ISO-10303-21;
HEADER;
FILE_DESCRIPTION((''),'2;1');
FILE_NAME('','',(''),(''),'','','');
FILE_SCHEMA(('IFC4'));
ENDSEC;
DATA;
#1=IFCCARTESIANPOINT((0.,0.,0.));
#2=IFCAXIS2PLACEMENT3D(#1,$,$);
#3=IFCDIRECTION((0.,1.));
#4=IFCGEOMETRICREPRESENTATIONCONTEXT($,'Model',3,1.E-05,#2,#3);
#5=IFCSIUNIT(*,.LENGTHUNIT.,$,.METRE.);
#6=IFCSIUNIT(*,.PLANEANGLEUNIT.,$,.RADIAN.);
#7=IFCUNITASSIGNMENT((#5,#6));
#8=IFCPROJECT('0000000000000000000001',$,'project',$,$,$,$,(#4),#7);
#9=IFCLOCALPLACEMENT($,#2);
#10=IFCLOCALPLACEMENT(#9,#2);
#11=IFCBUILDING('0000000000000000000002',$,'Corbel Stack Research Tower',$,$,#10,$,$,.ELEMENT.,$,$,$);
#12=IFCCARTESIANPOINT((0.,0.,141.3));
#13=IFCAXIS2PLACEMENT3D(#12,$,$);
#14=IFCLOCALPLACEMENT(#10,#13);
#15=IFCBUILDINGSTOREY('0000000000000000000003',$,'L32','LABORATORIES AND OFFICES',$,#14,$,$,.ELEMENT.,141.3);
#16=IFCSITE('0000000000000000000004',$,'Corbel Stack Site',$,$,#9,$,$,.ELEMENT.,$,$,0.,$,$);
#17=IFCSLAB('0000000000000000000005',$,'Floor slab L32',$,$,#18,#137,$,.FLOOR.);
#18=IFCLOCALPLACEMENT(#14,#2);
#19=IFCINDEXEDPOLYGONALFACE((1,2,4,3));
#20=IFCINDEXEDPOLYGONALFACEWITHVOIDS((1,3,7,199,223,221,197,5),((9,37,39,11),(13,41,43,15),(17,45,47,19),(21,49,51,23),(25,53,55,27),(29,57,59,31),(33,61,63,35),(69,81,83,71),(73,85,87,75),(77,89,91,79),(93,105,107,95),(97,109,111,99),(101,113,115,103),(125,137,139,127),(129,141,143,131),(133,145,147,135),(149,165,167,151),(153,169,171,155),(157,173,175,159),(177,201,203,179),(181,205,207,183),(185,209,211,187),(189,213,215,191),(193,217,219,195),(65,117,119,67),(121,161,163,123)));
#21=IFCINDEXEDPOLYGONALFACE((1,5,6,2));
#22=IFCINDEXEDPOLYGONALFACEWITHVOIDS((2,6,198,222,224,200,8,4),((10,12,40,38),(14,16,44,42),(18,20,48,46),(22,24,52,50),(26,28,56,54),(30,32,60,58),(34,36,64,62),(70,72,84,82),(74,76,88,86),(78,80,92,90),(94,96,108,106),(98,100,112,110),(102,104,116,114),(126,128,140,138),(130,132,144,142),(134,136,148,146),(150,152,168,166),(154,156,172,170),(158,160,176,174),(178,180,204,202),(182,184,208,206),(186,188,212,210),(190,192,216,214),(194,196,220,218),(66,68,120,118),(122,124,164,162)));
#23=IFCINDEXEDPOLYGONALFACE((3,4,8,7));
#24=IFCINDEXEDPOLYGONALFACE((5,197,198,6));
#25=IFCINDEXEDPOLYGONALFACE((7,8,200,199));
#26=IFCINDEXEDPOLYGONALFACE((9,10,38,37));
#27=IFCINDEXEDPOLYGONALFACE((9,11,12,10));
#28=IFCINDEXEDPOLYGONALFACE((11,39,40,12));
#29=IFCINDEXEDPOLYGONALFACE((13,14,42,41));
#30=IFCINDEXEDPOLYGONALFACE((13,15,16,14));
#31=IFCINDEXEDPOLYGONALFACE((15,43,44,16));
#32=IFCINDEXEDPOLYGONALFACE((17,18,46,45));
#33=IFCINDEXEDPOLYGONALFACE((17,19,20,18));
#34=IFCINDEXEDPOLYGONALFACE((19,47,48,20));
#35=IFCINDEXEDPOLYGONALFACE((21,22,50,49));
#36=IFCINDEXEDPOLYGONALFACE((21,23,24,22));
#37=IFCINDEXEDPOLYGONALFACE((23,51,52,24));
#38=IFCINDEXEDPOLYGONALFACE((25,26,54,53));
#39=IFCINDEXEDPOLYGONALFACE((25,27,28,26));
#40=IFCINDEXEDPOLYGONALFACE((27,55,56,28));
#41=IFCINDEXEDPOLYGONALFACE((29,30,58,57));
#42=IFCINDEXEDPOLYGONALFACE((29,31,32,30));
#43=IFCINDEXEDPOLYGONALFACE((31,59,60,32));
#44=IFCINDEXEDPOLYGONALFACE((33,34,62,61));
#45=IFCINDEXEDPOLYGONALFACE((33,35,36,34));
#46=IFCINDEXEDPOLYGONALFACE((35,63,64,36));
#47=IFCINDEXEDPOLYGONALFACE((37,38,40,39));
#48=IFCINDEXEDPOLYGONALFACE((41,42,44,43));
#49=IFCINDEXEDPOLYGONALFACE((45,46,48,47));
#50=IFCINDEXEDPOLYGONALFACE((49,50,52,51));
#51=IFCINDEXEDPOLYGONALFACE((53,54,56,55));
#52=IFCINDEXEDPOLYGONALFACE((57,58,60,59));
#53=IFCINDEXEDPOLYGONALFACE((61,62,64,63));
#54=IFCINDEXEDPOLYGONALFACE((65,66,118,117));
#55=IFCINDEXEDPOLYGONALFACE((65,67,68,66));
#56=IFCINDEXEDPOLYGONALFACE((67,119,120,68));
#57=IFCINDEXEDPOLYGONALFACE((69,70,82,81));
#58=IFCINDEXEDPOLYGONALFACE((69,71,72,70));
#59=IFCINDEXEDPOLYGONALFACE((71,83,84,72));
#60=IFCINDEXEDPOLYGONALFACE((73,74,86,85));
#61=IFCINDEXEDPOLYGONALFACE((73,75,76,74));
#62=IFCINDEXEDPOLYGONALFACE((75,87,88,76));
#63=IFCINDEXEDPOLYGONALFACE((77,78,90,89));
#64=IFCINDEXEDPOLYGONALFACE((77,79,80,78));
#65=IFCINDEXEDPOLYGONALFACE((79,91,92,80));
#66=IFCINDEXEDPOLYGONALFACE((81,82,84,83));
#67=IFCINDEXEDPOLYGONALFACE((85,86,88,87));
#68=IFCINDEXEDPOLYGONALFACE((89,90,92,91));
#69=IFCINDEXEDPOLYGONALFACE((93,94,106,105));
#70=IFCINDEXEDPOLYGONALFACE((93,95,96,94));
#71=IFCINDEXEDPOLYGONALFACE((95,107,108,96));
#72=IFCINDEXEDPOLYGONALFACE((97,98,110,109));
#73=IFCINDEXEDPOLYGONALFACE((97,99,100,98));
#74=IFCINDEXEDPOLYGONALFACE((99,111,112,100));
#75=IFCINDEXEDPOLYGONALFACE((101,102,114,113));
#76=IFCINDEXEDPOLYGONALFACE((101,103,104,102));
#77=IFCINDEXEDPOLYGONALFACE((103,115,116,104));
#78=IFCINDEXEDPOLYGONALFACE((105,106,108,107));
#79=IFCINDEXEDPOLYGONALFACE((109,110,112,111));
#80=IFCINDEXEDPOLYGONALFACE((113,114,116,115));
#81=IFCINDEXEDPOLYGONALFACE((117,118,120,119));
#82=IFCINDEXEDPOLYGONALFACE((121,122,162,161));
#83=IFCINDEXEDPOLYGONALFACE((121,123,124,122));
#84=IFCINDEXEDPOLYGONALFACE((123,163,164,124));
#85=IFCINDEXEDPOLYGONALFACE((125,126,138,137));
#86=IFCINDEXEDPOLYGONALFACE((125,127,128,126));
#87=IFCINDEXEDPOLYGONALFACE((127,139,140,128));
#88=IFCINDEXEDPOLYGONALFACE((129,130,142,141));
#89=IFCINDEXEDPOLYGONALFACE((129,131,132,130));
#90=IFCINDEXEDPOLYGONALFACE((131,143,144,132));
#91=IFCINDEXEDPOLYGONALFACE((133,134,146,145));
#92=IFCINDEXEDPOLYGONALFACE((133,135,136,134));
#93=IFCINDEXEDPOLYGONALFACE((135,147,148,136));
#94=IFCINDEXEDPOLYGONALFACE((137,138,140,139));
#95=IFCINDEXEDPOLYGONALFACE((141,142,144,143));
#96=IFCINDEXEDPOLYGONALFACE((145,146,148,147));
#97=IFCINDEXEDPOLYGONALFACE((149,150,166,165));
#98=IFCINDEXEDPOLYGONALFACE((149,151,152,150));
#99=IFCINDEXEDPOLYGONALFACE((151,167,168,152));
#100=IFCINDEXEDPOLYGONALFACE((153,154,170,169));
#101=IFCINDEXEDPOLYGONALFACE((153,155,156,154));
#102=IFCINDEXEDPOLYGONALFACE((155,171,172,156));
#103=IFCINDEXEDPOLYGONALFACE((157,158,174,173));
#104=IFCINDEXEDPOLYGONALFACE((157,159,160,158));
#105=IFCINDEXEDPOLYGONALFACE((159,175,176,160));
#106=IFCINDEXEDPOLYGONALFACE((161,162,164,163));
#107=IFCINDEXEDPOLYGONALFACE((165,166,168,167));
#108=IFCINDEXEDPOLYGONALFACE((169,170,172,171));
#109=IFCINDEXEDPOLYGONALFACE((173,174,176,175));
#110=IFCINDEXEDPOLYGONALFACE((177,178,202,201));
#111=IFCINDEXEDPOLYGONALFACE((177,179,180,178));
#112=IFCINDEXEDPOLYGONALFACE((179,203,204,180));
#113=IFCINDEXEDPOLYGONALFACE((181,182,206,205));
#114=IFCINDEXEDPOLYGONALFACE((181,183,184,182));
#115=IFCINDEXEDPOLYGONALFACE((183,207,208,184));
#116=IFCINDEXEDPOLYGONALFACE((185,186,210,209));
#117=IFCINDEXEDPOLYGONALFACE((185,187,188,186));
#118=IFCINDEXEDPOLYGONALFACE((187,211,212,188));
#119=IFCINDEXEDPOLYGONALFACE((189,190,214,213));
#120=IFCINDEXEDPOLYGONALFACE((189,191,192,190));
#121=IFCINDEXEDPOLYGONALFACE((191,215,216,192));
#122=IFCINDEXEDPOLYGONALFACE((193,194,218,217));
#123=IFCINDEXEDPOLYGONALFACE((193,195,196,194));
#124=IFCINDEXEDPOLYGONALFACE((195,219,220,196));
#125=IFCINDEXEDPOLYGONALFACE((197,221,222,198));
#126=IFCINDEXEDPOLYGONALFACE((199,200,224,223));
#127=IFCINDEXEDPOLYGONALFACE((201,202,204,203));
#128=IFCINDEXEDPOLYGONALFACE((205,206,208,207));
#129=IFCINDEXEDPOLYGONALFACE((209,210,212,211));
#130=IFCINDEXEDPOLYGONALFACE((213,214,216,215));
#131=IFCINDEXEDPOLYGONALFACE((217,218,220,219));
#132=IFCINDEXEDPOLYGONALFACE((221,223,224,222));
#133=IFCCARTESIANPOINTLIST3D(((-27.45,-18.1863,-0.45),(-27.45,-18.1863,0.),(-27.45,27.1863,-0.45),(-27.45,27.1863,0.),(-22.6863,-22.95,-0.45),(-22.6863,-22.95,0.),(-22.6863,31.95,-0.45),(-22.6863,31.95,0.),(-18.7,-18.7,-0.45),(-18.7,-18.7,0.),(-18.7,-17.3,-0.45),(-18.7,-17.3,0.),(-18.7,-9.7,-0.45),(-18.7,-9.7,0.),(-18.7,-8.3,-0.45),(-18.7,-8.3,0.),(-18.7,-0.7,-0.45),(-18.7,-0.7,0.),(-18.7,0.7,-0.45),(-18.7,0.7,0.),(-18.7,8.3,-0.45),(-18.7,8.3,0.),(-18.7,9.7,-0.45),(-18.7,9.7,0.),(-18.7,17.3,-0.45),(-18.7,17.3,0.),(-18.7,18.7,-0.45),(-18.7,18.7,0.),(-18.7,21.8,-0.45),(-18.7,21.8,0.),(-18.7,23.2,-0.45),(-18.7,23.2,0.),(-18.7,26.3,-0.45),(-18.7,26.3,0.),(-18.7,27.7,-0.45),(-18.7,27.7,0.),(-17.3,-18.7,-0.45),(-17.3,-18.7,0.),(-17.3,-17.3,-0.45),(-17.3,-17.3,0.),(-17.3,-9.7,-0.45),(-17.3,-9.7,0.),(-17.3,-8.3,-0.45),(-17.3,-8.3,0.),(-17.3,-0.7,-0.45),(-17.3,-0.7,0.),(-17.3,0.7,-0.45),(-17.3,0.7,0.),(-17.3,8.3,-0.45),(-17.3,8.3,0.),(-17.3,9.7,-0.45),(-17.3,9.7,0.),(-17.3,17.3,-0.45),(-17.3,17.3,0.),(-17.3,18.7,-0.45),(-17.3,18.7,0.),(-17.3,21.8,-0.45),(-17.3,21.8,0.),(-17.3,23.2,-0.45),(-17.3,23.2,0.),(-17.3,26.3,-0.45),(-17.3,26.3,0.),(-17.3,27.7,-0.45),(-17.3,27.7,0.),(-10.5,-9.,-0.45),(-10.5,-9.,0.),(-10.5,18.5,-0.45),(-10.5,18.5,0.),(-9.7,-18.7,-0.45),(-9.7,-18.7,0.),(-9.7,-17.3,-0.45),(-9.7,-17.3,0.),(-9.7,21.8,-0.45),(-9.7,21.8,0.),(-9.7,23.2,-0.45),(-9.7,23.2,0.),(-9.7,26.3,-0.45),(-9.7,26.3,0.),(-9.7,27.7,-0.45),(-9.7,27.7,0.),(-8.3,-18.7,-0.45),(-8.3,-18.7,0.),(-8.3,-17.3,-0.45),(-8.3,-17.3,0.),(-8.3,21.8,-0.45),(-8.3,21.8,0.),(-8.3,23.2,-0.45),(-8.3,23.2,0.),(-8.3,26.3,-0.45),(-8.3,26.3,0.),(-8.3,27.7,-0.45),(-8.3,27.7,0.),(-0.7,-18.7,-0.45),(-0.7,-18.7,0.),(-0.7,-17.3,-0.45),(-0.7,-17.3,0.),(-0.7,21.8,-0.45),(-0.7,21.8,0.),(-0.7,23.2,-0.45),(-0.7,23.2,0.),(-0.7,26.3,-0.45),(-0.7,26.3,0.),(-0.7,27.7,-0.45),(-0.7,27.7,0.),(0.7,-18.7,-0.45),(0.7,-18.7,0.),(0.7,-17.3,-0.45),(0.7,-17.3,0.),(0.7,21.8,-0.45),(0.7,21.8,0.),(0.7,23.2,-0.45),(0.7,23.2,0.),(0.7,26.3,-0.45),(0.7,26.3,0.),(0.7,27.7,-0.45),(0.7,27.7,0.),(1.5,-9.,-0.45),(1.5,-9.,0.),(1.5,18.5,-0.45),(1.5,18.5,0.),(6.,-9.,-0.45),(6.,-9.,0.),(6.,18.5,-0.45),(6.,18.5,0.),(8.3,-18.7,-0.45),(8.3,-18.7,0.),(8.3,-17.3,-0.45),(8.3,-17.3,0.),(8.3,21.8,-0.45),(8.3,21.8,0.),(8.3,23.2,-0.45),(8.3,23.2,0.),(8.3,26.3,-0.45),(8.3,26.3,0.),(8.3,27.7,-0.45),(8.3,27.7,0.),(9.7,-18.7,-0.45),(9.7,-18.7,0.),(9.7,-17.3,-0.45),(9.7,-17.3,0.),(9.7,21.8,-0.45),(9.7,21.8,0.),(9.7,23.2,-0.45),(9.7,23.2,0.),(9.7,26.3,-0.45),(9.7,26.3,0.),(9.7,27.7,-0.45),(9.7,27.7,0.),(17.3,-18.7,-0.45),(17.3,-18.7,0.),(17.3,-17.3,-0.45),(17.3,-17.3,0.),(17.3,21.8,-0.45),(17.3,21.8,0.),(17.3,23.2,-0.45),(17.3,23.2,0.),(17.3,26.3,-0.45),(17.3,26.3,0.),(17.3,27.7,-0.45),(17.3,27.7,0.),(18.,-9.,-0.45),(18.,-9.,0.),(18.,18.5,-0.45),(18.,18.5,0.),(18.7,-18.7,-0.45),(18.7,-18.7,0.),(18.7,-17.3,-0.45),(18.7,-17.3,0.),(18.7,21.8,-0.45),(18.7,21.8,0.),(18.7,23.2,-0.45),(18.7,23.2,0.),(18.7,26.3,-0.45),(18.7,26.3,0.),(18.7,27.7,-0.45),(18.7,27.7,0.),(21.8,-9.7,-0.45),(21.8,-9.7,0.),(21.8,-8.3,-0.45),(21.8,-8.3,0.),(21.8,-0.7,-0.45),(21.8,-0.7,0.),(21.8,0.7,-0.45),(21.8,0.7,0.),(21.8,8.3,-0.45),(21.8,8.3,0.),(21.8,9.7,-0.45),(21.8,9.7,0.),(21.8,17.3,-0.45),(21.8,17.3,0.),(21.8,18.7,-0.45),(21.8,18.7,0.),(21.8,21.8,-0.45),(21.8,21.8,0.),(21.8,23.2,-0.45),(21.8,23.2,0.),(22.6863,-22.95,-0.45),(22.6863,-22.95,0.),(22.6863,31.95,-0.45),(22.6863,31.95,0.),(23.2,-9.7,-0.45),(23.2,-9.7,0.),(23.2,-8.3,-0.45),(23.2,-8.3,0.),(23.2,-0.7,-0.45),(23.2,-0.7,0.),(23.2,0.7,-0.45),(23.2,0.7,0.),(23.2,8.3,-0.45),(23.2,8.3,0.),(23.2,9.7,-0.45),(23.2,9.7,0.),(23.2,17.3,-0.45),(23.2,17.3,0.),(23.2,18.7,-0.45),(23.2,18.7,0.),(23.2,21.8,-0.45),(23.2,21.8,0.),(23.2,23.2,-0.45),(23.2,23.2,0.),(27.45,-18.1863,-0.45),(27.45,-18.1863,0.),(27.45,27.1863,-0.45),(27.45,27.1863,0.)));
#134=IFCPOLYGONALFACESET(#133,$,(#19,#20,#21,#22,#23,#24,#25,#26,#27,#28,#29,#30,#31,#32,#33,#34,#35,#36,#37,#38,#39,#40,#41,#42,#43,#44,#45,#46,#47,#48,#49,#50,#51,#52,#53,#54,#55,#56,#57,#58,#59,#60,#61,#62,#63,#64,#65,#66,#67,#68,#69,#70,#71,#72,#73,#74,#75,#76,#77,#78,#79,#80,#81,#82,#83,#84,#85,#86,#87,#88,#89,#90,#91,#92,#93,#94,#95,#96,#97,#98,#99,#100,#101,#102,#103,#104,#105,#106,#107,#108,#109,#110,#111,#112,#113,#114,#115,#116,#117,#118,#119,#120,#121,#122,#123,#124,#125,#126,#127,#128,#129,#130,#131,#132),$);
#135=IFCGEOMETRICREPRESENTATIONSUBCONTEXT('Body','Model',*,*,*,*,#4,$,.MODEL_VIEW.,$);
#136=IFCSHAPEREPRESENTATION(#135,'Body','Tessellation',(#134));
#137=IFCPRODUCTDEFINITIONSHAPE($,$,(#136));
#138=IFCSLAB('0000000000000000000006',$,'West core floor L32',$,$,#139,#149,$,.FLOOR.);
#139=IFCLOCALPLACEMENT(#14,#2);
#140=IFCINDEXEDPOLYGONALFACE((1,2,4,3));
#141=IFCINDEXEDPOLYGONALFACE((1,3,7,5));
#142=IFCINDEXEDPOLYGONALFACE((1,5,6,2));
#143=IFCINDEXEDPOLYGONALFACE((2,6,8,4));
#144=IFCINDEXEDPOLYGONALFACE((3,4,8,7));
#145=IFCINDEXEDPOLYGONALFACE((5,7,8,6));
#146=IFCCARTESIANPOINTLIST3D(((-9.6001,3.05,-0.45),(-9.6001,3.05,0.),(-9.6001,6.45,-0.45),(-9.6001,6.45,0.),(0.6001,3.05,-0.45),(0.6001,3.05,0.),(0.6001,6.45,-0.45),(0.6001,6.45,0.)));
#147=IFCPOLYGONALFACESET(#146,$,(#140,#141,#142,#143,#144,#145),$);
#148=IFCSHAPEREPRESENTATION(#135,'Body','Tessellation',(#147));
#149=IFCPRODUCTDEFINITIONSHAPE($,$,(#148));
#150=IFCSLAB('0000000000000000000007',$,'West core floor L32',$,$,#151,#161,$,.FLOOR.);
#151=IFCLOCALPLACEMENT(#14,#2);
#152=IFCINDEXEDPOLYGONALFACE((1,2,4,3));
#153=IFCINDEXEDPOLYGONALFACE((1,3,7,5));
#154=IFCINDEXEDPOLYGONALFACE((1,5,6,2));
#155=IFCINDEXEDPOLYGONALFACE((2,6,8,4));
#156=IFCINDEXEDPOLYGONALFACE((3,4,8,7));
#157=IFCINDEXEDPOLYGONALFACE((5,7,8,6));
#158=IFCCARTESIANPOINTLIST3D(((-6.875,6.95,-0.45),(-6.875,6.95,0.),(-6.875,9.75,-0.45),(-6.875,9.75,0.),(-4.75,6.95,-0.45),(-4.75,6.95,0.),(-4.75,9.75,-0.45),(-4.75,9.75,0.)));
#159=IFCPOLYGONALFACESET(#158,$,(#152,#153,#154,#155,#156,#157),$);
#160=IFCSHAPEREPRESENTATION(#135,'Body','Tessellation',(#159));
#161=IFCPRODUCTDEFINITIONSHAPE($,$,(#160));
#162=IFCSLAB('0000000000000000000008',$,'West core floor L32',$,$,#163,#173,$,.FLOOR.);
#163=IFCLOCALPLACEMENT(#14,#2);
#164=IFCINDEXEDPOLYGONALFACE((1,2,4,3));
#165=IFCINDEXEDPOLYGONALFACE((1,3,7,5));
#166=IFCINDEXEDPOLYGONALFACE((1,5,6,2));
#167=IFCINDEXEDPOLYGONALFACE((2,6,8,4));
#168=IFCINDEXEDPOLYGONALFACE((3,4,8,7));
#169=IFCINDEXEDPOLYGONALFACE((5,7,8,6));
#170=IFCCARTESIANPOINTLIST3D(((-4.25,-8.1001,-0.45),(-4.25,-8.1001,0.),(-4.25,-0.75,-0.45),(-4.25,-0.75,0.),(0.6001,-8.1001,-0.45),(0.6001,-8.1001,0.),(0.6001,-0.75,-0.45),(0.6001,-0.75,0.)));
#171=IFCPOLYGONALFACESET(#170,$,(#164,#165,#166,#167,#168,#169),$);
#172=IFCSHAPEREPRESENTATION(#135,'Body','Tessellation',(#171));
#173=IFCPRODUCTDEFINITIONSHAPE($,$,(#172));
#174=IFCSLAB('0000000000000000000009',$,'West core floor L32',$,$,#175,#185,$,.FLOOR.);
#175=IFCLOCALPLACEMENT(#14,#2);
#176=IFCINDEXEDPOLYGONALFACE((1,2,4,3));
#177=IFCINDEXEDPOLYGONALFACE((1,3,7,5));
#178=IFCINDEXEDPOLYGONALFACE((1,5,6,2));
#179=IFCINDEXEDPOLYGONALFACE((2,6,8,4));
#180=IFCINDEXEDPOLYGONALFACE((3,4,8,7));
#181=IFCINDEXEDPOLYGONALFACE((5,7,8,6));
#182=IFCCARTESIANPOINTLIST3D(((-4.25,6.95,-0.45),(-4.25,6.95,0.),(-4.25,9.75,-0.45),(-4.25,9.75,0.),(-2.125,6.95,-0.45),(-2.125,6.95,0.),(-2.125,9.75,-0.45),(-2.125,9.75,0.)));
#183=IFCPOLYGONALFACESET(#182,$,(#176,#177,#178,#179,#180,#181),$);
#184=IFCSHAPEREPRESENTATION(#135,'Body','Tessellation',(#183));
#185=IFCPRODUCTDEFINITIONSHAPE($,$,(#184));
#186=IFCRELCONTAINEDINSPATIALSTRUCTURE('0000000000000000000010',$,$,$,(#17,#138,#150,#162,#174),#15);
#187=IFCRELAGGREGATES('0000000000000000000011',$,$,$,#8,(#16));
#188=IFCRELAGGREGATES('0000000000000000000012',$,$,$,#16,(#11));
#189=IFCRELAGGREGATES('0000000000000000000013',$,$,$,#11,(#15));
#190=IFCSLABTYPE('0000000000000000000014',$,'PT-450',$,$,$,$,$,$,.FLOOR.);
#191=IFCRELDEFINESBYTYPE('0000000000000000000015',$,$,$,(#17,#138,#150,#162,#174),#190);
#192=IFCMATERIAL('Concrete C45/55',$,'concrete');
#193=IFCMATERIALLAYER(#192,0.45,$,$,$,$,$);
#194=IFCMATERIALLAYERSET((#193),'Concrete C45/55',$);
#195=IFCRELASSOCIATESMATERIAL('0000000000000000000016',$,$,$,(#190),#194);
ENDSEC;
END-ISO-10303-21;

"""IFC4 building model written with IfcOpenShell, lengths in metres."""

from ifc_helpers import new_model, si_unit, direction, frame, origin, place, context, subcontext, project, spatial, polyline, outline, extrude, material, layer, layer_set, type_object, element, save


model = new_model("IFC4")

# Units and contexts
model_context = context("Model", 3, precision=1e-05, world=origin(), true_north=direction((0.0, 1.0)))
body_context = subcontext(model_context, "Body", "Model", "MODEL_VIEW")
ifc_project = project(units=[si_unit("LENGTHUNIT", "METRE"), si_unit("PLANEANGLEUNIT", "RADIAN")], contexts=[model_context])

# Site, building, storey
site_placement = place(None, origin())
site = spatial("IfcSite", under=ifc_project, at=site_placement, Name="Corbel Stack Site", CompositionType="ELEMENT", RefElevation=0.0)
building_placement = place(site_placement, origin())
building = spatial("IfcBuilding", under=site, at=building_placement, Name="Corbel Stack Research Tower", CompositionType="ELEMENT")
storey_placement = place(building_placement, frame((0.0, 0.0, 141.3)))
storey = spatial("IfcBuildingStorey", under=building, at=storey_placement, Name="L32", Description="LABORATORIES AND OFFICES", CompositionType="ELEMENT", Elevation=141.3)

# Slabs
ifc_material_1 = material(Name="Concrete C45/55", Category="concrete")
ifc_layer_1 = layer(ifc_material_1, 0.45)
ifc_layer_set_1 = layer_set([ifc_layer_1], Name="Concrete C45/55")
slab_type = type_object("IfcSlabType", Name="PT-450", PredefinedType="FLOOR", material=ifc_layer_set_1)
slab_1_placement = place(storey_placement, frame((0.0, 0.0, -0.45)))
element("IfcSlab", 1, at=slab_1_placement, inside=storey, type_object=slab_type, Name="Floor slab L32", PredefinedType="FLOOR", context=body_context, shape_type="SweptSolid", body=[
    extrude(outline(polyline([(-22.6863, -22.95), (22.6863, -22.95), (27.45, -18.1863), (27.45, 27.1863), (22.6863, 31.95), (-22.6863, 31.95), (-27.45, 27.1863), (-27.45, -18.1863), (-22.6863, -22.95)]), holes=[polyline([(21.8, 21.8), (21.8, 23.2), (23.2, 23.2), (23.2, 21.8), (21.8, 21.8)]), polyline([(23.2, 17.3), (21.8, 17.3), (21.8, 18.7), (23.2, 18.7), (23.2, 17.3)]), polyline([(21.8, 8.3), (21.8, 9.7), (23.2, 9.7), (23.2, 8.3), (21.8, 8.3)]), polyline([(23.2, -0.7), (21.8, -0.7), (21.8, 0.7), (23.2, 0.7), (23.2, -0.7)]), polyline([(21.8, -9.7), (21.8, -8.3), (23.2, -8.3), (23.2, -9.7), (21.8, -9.7)]), polyline([(17.3, 26.3), (17.3, 27.7), (18.7, 27.7), (18.7, 26.3), (17.3, 26.3)]), polyline([(17.3, 21.8), (17.3, 23.2), (18.7, 23.2), (18.7, 21.8), (17.3, 21.8)]), polyline([(17.3, -18.7), (17.3, -17.3), (18.7, -17.3), (18.7, -18.7), (17.3, -18.7)]), polyline([(6.0, -9.0), (6.0, 18.5), (18.0, 18.5), (18.0, -9.0), (6.0, -9.0)]), polyline([(8.3, 26.3), (8.3, 27.7), (9.7, 27.7), (9.7, 26.3), (8.3, 26.3)]), polyline([(8.3, 21.8), (8.3, 23.2), (9.7, 23.2), (9.7, 21.8), (8.3, 21.8)]), polyline([(9.7, -18.7), (8.3, -18.7), (8.3, -17.3), (9.7, -17.3), (9.7, -18.7)]), polyline([(-10.5, -9.0), (-10.5, 18.5), (1.5, 18.5), (1.5, -9.0), (-10.5, -9.0)]), polyline([(-0.7, 26.3), (-0.7, 27.7), (0.7, 27.7), (0.7, 26.3), (-0.7, 26.3)]), polyline([(-0.7, 21.8), (-0.7, 23.2), (0.7, 23.2), (0.7, 21.8), (-0.7, 21.8)]), polyline([(-0.7, -18.7), (-0.7, -17.3), (0.7, -17.3), (0.7, -18.7), (-0.7, -18.7)]), polyline([(-9.7, 26.3), (-9.7, 27.7), (-8.3, 27.7), (-8.3, 26.3), (-9.7, 26.3)]), polyline([(-9.7, 21.8), (-9.7, 23.2), (-8.3, 23.2), (-8.3, 21.8), (-9.7, 21.8)]), polyline([(-9.7, -18.7), (-9.7, -17.3), (-8.3, -17.3), (-8.3, -18.7), (-9.7, -18.7)]), polyline([(-18.7, 26.3), (-18.7, 27.7), (-17.3, 27.7), (-17.3, 26.3), (-18.7, 26.3)]), polyline([(-18.7, 21.8), (-18.7, 23.2), (-17.3, 23.2), (-17.3, 21.8), (-18.7, 21.8)]), polyline([(-18.7, 17.3), (-18.7, 18.7), (-17.3, 18.7), (-17.3, 17.3), (-18.7, 17.3)]), polyline([(-17.3, 8.3), (-18.7, 8.3), (-18.7, 9.7), (-17.3, 9.7), (-17.3, 8.3)]), polyline([(-18.7, -0.7), (-18.7, 0.7), (-17.3, 0.7), (-17.3, -0.7), (-18.7, -0.7)]), polyline([(-17.3, -9.7), (-18.7, -9.7), (-18.7, -8.3), (-17.3, -8.3), (-17.3, -9.7)]), polyline([(-17.3, -18.7), (-18.7, -18.7), (-18.7, -17.3), (-17.3, -17.3), (-17.3, -18.7)])]), origin(), (0.0, 0.0, 1.0), 0.45),
])
slab_2_placement = place(storey_placement, frame((0.0, 0.0, -0.45)))
element("IfcSlab", 2, at=slab_2_placement, inside=storey, type_object=slab_type, Name="West core floor L32", PredefinedType="FLOOR", context=body_context, shape_type="SweptSolid", body=[
    extrude(outline(polyline([(0.6001, 6.45), (-9.6001, 6.45), (-9.6001, 3.05), (0.6001, 3.05), (0.6001, 6.45)])), origin(), (0.0, 0.0, 1.0), 0.45),
])
slab_3_placement = place(storey_placement, frame((0.0, 0.0, -0.45)))
element("IfcSlab", 3, at=slab_3_placement, inside=storey, type_object=slab_type, Name="West core floor L32", PredefinedType="FLOOR", context=body_context, shape_type="SweptSolid", body=[
    extrude(outline(polyline([(-6.875, 6.95), (-4.75, 6.95), (-4.75, 9.75), (-6.875, 9.75), (-6.875, 6.95)])), origin(), (0.0, 0.0, 1.0), 0.45),
])
slab_4_placement = place(storey_placement, frame((0.0, 0.0, -0.45)))
element("IfcSlab", 4, at=slab_4_placement, inside=storey, type_object=slab_type, Name="West core floor L32", PredefinedType="FLOOR", context=body_context, shape_type="SweptSolid", body=[
    extrude(outline(polyline([(0.6001, -8.1001), (0.6001, -0.75), (-4.25, -0.75), (-4.25, -8.1001), (0.6001, -8.1001)])), origin(), (0.0, 0.0, 1.0), 0.45),
])
slab_5_placement = place(storey_placement, frame((0.0, 0.0, -0.45)))
element("IfcSlab", 5, at=slab_5_placement, inside=storey, type_object=slab_type, Name="West core floor L32", PredefinedType="FLOOR", context=body_context, shape_type="SweptSolid", body=[
    extrude(outline(polyline([(-2.125, 6.95), (-2.125, 9.75), (-4.25, 9.75), (-4.25, 6.95), (-2.125, 6.95)])), origin(), (0.0, 0.0, 1.0), 0.45),
])

save(model, "model.ifc")
